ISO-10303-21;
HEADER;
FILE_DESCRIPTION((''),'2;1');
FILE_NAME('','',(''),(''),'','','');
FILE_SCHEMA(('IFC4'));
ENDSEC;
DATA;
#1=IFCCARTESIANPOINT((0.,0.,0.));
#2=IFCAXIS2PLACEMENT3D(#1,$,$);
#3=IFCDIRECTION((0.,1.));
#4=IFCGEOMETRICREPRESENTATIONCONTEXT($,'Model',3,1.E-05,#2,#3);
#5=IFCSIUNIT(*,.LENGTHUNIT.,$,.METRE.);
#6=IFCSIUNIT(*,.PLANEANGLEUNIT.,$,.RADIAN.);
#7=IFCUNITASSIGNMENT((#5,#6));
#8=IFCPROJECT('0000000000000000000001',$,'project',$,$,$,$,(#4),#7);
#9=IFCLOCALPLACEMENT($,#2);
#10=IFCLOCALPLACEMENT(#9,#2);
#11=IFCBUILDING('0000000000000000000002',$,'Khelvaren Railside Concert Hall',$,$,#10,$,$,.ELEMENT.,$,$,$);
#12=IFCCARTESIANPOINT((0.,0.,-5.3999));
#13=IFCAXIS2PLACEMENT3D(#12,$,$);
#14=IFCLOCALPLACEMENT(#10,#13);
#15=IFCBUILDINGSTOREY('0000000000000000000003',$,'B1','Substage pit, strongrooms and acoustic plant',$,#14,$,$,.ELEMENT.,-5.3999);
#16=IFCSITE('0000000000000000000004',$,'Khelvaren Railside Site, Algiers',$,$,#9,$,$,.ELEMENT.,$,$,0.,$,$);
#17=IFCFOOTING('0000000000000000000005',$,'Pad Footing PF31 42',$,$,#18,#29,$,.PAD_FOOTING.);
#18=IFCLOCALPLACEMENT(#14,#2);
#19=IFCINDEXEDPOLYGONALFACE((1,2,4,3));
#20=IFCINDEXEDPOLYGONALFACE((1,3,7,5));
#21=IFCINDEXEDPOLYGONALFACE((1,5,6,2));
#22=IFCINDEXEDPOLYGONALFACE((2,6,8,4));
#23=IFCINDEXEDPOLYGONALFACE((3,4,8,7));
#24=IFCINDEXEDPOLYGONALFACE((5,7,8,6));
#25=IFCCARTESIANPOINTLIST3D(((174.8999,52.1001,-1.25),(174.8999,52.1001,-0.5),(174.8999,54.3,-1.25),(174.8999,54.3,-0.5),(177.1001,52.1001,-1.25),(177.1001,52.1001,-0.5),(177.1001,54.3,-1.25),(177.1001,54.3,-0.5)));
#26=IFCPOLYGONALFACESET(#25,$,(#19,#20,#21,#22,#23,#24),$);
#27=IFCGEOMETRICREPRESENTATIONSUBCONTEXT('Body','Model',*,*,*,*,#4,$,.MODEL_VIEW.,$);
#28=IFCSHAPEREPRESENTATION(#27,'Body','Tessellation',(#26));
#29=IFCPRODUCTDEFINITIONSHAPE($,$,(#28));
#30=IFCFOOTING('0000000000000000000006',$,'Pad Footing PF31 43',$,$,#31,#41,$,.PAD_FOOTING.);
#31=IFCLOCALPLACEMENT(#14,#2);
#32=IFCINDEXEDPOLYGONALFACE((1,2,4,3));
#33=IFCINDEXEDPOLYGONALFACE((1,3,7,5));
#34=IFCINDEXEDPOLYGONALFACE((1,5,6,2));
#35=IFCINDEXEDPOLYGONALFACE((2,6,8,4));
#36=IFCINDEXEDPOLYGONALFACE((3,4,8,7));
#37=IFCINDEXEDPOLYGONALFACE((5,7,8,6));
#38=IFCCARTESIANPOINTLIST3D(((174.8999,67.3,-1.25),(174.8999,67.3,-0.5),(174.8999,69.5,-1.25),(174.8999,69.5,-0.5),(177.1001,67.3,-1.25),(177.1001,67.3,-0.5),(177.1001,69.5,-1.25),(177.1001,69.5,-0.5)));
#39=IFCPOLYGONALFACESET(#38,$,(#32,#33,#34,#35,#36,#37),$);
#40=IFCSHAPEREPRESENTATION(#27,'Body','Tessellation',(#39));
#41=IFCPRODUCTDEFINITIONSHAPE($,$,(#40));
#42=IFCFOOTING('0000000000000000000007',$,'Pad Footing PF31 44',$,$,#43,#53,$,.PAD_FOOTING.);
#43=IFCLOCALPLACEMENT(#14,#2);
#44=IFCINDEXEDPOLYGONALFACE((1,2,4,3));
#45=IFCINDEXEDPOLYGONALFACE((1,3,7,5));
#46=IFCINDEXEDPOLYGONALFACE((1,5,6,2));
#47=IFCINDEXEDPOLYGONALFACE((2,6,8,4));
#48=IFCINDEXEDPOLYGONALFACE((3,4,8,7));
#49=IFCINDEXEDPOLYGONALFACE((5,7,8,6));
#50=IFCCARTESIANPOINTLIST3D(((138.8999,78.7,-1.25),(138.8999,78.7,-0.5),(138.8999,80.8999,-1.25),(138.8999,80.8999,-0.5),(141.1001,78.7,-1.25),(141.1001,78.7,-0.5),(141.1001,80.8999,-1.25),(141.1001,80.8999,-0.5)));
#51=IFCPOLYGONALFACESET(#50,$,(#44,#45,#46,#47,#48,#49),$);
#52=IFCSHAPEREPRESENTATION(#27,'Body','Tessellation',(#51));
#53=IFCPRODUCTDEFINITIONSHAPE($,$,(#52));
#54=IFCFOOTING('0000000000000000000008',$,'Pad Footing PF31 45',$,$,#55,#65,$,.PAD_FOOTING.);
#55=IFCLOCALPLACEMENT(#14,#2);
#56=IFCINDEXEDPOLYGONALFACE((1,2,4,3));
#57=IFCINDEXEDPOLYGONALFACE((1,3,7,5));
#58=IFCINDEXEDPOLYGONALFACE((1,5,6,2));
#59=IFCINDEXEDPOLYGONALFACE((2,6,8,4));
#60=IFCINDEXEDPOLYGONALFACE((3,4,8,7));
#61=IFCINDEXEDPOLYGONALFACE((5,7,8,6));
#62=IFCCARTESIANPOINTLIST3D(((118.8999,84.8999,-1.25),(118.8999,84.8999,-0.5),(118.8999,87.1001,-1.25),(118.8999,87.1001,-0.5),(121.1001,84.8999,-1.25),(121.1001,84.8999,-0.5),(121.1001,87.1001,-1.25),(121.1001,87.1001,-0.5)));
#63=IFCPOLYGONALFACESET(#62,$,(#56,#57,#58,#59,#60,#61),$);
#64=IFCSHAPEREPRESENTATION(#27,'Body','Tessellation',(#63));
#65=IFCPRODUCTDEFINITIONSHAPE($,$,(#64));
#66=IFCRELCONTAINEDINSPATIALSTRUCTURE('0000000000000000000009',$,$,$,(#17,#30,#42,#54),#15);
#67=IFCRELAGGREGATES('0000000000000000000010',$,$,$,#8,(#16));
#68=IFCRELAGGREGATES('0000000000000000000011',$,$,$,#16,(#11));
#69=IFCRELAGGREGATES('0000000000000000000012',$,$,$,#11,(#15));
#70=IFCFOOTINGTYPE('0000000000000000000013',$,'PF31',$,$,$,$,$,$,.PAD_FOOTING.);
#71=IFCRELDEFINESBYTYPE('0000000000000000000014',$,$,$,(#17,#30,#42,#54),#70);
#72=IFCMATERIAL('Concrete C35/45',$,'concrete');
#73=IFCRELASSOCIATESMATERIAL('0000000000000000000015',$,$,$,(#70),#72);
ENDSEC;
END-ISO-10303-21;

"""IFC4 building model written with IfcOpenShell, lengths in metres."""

from ifc_helpers import new_model, si_unit, direction, frame, origin, place, context, subcontext, project, spatial, polyline, outline, extrude, material, type_object, element, save


model = new_model("IFC4")

# Units and contexts
model_context = context("Model", 3, precision=1e-05, world=origin(), true_north=direction((0.0, 1.0)))
body_context = subcontext(model_context, "Body", "Model", "MODEL_VIEW")
ifc_project = project(units=[si_unit("LENGTHUNIT", "METRE"), si_unit("PLANEANGLEUNIT", "RADIAN")], contexts=[model_context])

# Site, building, storey
site_placement = place(None, origin())
site = spatial("IfcSite", under=ifc_project, at=site_placement, Name="Khelvaren Railside Site, Algiers", CompositionType="ELEMENT", RefElevation=0.0)
building_placement = place(site_placement, origin())
building = spatial("IfcBuilding", under=site, at=building_placement, Name="Khelvaren Railside Concert Hall", CompositionType="ELEMENT")
storey_placement = place(building_placement, frame((0.0, 0.0, -5.3999)))
storey = spatial("IfcBuildingStorey", under=building, at=storey_placement, Name="B1", Description="Substage pit, strongrooms and acoustic plant", CompositionType="ELEMENT", Elevation=-5.3999)

# Footings
ifc_material = material(Name="Concrete C35/45", Category="concrete")
footing_type_1 = type_object("IfcFootingType", Name="PF31", PredefinedType="PAD_FOOTING", material=ifc_material)
footing_1_placement = place(storey_placement, frame((0.0, 0.0, -1.25)))
element("IfcFooting", 1, at=footing_1_placement, inside=storey, type_object=footing_type_1, Name="Pad Footing PF31 42", PredefinedType="PAD_FOOTING", context=body_context, shape_type="SweptSolid", body=[
    extrude(outline(polyline([(174.8999, 52.1001), (177.1001, 52.1001), (177.1001, 54.3), (174.8999, 54.3), (174.8999, 52.1001)])), origin(), (0.0, 0.0, 1.0), 0.75),
])
footing_2_placement = place(storey_placement, frame((0.0, 0.0, -1.25)))
element("IfcFooting", 2, at=footing_2_placement, inside=storey, type_object=footing_type_1, Name="Pad Footing PF31 43", PredefinedType="PAD_FOOTING", context=body_context, shape_type="SweptSolid", body=[
    extrude(outline(polyline([(174.8999, 67.3), (177.1001, 67.3), (177.1001, 69.5), (174.8999, 69.5), (174.8999, 67.3)])), origin(), (0.0, 0.0, 1.0), 0.75),
])
footing_3_placement = place(storey_placement, frame((0.0, 0.0, -1.25)))
element("IfcFooting", 3, at=footing_3_placement, inside=storey, type_object=footing_type_1, Name="Pad Footing PF31 44", PredefinedType="PAD_FOOTING", context=body_context, shape_type="SweptSolid", body=[
    extrude(outline(polyline([(138.8999, 78.7), (141.1001, 78.7), (141.1001, 80.8999), (138.8999, 80.8999), (138.8999, 78.7)])), origin(), (0.0, 0.0, 1.0), 0.75),
])
footing_4_placement = place(storey_placement, frame((0.0, 0.0, -1.25)))
element("IfcFooting", 4, at=footing_4_placement, inside=storey, type_object=footing_type_1, Name="Pad Footing PF31 45", PredefinedType="PAD_FOOTING", context=body_context, shape_type="SweptSolid", body=[
    extrude(outline(polyline([(118.8999, 84.8999), (121.1001, 84.8999), (121.1001, 87.1001), (118.8999, 87.1001), (118.8999, 84.8999)])), origin(), (0.0, 0.0, 1.0), 0.75),
])

save(model, "model.ifc")
